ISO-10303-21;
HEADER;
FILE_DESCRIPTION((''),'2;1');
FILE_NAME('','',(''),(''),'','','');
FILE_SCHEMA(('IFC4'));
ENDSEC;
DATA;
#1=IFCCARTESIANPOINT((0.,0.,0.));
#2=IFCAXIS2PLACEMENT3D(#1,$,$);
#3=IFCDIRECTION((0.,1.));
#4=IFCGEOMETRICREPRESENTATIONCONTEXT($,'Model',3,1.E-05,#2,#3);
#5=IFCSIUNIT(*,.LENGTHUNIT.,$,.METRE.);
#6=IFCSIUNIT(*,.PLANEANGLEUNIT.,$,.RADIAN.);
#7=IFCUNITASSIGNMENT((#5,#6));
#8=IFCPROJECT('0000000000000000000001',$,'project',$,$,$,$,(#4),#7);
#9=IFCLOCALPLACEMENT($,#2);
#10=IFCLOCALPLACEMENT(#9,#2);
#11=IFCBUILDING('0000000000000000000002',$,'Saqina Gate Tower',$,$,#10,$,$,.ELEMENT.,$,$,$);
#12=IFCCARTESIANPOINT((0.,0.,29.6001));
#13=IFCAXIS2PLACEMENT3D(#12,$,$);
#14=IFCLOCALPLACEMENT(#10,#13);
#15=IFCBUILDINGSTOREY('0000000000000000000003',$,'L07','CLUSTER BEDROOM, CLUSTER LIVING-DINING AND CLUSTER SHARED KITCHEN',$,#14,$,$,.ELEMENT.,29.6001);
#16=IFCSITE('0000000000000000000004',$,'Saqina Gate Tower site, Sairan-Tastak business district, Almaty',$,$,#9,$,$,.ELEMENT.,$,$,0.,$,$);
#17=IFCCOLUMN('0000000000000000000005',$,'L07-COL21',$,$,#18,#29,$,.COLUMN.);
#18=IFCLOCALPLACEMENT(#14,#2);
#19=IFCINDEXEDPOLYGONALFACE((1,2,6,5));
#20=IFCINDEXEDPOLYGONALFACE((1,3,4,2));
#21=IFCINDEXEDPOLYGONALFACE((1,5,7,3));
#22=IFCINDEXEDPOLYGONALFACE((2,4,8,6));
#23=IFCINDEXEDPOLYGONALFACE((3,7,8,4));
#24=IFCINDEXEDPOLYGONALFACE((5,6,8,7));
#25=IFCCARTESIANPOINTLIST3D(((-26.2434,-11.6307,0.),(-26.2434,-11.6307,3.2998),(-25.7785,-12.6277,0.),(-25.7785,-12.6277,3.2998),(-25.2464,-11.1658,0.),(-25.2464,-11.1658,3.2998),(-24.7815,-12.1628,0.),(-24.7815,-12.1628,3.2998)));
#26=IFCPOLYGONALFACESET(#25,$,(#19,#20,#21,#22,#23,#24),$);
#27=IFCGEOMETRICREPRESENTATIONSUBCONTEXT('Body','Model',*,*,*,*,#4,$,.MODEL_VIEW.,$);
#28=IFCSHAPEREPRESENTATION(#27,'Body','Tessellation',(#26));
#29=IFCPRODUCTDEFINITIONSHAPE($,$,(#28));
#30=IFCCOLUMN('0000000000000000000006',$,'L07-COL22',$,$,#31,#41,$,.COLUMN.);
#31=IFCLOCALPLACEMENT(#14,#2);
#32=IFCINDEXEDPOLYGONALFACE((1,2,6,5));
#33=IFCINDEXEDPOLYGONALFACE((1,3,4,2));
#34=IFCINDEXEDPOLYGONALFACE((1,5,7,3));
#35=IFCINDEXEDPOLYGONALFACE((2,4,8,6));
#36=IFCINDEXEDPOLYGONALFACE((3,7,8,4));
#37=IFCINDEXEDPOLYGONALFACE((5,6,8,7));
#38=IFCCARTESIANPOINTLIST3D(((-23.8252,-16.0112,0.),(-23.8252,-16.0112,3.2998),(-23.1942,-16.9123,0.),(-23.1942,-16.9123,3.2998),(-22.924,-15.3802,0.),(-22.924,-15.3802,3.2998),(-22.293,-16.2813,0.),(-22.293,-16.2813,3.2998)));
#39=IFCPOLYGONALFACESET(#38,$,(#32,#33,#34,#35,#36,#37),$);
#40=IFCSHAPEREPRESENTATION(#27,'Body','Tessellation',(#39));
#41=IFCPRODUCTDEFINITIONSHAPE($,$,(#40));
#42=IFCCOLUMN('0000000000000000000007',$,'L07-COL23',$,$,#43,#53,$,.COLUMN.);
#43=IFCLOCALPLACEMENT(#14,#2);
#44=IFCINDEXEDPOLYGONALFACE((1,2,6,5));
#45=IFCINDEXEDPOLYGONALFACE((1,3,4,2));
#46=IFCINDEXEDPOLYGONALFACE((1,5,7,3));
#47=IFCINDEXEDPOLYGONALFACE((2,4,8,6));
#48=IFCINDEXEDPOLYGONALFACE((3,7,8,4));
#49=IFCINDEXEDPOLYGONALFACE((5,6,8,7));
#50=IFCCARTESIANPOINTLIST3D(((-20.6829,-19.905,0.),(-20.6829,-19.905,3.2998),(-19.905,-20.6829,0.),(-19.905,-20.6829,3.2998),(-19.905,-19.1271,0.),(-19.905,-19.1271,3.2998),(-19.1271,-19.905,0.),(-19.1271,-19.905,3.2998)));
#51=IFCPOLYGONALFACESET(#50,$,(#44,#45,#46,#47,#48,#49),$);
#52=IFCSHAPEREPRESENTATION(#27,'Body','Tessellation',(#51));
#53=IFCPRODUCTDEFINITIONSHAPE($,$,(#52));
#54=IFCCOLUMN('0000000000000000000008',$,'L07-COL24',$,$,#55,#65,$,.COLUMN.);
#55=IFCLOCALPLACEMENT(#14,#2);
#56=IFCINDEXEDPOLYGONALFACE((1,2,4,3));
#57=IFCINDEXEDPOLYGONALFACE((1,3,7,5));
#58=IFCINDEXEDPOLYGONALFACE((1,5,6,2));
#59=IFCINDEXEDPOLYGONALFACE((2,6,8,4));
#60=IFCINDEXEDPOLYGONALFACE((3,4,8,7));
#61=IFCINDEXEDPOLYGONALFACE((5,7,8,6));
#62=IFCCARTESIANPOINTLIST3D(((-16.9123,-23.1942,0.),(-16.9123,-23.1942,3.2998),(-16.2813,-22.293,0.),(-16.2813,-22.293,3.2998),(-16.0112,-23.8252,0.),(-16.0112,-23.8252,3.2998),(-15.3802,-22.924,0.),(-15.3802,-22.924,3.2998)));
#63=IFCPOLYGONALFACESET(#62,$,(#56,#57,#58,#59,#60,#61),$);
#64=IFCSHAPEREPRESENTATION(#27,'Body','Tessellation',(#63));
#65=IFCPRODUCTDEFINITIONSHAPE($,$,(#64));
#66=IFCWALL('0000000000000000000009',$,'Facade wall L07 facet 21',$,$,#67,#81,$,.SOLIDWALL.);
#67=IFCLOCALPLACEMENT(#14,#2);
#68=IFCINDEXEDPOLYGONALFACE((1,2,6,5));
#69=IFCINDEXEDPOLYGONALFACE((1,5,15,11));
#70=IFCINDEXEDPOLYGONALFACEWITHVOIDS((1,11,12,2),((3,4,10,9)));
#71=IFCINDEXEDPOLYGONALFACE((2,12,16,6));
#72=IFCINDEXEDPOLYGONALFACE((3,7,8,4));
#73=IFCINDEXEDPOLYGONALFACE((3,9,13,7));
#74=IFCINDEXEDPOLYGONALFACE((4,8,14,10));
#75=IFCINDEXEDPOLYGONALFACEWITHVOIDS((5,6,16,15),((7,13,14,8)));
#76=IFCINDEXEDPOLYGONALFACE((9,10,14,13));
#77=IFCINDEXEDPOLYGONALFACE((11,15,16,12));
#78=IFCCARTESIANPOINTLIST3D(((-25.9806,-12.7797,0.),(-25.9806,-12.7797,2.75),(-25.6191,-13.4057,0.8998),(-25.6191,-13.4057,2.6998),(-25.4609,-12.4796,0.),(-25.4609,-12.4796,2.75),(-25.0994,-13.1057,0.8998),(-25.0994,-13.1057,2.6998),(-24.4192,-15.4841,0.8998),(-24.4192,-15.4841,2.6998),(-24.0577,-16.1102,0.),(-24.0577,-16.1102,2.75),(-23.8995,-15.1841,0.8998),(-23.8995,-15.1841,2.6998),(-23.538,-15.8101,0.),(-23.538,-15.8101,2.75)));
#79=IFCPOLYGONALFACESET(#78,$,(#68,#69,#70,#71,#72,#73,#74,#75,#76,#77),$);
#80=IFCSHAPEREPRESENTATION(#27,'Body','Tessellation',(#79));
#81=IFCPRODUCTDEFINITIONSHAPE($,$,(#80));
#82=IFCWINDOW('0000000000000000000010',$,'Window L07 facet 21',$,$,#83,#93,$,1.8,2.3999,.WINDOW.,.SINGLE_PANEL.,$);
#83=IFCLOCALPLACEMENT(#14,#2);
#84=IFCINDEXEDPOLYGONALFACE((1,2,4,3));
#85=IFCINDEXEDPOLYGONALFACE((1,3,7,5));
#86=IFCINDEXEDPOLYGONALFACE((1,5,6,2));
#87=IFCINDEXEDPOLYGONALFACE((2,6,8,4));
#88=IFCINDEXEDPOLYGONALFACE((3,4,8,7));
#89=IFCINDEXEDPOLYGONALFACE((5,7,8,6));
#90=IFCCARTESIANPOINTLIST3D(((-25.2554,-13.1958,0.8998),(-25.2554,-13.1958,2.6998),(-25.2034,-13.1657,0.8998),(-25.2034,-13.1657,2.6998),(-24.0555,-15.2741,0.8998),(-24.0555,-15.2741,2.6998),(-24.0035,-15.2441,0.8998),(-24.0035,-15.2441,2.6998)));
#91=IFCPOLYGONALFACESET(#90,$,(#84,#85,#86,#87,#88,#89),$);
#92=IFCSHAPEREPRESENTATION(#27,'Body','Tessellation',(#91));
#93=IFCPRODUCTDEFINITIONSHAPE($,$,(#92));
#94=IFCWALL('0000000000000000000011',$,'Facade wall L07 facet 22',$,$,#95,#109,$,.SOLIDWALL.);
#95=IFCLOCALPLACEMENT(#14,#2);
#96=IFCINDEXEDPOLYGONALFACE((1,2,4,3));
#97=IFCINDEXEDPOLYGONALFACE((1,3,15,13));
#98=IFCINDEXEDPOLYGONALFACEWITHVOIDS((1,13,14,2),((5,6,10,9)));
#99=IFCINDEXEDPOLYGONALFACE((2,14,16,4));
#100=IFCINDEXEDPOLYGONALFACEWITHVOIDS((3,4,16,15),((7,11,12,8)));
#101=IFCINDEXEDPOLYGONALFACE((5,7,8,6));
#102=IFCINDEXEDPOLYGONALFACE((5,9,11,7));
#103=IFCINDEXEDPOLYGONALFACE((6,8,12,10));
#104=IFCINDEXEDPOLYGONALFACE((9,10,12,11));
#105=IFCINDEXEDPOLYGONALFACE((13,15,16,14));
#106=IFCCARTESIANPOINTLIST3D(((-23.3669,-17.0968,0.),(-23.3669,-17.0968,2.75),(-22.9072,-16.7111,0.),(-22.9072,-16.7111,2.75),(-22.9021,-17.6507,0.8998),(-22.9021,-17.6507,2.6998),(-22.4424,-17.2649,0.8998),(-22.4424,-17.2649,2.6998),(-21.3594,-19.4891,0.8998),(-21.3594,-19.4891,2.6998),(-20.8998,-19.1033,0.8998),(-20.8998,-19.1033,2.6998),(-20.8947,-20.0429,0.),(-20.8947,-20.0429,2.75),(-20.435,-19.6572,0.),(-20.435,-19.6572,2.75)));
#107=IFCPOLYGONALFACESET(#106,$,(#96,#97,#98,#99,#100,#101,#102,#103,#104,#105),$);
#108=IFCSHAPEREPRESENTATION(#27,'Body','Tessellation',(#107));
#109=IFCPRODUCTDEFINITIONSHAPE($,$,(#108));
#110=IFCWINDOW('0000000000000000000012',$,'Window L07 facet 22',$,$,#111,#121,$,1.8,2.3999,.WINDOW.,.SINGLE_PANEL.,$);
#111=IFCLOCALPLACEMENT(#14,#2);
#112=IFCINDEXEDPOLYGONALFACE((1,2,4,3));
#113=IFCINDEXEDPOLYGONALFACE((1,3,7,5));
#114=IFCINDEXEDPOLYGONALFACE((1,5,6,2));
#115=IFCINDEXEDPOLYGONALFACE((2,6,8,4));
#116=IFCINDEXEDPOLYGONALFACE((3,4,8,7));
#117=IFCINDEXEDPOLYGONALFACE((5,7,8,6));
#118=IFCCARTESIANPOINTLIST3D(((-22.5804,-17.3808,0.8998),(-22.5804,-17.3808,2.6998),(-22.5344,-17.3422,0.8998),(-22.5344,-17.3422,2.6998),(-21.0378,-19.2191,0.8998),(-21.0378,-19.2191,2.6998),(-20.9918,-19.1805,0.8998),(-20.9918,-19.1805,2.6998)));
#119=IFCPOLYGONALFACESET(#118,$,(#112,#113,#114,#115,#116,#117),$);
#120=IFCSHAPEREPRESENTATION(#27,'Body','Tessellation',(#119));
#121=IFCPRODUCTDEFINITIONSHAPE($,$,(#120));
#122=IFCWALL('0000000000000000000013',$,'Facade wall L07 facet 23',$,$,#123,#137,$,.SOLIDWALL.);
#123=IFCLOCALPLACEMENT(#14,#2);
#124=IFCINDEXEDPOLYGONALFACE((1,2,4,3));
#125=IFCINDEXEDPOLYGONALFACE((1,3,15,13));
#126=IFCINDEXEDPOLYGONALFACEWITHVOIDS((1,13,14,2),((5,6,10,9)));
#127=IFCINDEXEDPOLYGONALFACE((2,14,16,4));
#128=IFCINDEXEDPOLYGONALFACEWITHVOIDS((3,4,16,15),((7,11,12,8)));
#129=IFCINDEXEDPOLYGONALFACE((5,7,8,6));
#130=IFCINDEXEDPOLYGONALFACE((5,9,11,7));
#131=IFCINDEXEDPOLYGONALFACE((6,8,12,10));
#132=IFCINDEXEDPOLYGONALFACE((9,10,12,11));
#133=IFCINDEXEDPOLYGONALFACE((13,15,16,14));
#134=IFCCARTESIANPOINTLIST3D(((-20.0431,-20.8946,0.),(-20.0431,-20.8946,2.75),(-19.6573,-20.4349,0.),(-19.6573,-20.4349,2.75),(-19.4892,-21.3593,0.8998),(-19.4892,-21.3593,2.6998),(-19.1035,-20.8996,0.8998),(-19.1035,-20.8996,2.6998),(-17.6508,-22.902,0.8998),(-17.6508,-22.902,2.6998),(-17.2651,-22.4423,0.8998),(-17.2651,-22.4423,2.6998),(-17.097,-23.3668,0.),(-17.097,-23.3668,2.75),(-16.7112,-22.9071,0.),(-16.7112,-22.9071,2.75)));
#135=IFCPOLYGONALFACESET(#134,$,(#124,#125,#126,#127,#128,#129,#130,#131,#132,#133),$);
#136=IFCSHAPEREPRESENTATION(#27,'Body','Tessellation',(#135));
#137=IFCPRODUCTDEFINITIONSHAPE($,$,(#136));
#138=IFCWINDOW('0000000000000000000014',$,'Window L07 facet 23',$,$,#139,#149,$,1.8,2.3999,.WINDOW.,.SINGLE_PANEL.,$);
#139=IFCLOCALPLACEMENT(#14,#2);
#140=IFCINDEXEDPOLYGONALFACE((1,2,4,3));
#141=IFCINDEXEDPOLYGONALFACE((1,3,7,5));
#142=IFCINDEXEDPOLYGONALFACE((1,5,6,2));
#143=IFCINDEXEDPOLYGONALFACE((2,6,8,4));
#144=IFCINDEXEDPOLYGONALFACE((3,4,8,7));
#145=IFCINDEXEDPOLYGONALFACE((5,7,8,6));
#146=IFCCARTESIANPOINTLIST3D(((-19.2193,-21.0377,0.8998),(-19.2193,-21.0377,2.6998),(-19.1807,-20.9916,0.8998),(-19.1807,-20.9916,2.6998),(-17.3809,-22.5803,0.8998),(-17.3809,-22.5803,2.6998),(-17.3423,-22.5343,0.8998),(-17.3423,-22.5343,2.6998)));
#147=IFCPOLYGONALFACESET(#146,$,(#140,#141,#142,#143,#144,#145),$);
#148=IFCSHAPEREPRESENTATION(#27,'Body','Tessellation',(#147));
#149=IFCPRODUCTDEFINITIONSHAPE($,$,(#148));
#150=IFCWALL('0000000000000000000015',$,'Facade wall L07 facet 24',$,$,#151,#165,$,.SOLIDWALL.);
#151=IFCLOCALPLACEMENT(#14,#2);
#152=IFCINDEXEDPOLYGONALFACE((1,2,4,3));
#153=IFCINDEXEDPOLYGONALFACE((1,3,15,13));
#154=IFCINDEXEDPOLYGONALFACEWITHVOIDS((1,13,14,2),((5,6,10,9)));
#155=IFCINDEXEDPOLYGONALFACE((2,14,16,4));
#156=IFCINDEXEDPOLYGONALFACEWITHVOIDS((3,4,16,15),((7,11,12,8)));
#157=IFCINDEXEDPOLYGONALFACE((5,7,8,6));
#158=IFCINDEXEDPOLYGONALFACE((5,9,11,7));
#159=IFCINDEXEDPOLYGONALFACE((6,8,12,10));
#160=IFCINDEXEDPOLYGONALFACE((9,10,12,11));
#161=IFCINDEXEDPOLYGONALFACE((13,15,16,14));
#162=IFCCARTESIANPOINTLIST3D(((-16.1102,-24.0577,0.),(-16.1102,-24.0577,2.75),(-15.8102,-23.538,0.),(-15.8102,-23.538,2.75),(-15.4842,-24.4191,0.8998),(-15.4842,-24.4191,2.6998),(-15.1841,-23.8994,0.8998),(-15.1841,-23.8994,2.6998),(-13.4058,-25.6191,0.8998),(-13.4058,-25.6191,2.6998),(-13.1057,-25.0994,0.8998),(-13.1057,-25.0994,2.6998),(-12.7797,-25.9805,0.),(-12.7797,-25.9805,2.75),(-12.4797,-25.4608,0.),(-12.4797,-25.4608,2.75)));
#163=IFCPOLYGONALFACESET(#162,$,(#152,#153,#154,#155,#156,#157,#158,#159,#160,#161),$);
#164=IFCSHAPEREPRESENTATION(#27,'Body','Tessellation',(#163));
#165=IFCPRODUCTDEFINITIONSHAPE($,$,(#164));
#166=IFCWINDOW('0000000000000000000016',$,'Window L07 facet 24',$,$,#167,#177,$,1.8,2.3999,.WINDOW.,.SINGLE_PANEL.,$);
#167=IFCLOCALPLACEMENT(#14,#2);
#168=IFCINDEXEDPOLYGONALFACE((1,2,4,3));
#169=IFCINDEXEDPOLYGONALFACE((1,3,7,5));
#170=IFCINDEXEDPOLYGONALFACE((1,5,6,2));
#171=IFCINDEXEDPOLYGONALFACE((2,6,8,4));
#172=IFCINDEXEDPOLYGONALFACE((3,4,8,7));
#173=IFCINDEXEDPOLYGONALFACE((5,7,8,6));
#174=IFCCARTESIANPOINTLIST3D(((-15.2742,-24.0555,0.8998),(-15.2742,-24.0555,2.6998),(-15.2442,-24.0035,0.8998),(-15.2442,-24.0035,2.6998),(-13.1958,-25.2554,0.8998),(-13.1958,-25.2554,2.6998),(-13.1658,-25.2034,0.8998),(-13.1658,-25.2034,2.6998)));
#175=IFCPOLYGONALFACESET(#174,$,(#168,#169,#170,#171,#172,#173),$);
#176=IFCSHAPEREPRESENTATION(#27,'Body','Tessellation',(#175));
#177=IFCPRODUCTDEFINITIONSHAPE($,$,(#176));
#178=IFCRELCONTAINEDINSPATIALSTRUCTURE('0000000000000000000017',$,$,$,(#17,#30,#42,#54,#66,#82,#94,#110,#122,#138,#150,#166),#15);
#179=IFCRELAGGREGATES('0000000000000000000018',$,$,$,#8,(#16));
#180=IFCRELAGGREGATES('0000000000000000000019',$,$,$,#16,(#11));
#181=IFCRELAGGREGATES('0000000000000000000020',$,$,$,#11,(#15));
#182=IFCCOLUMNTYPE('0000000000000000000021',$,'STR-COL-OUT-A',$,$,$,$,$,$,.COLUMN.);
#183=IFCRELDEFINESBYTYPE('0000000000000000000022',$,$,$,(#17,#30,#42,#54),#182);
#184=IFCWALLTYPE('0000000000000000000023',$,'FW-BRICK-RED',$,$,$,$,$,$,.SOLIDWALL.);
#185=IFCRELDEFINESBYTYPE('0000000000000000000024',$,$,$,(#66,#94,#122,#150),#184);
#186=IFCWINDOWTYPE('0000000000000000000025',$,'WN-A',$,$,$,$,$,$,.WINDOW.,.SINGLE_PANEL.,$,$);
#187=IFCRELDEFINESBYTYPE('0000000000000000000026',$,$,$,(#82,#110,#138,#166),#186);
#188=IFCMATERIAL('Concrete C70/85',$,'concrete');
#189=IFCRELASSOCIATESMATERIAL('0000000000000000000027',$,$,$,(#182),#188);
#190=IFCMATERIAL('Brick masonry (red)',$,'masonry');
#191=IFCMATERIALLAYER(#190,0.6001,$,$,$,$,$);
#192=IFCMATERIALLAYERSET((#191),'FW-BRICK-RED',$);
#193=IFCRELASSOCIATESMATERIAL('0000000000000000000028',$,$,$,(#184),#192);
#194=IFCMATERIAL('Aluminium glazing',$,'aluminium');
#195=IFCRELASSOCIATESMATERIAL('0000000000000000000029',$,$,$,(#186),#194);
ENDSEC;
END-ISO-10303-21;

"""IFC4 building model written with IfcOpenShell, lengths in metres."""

from ifc_helpers import new_model, si_unit, direction, frame, frame_2d, origin, origin_2d, place, context, subcontext, project, spatial, rectangle, extrude, material, layer, layer_set, material_profile, profile_set, type_object, element, fill, save


model = new_model("IFC4")

# Units and contexts
model_context = context("Model", 3, precision=1e-05, world=origin(), true_north=direction((0.0, 1.0)))
body_context = subcontext(model_context, "Body", "Model", "MODEL_VIEW")
ifc_project = project(units=[si_unit("LENGTHUNIT", "METRE"), si_unit("PLANEANGLEUNIT", "RADIAN")], contexts=[model_context])

# Site, building, storey
site_placement = place(None, origin())
site = spatial("IfcSite", under=ifc_project, at=site_placement, Name="Saqina Gate Tower site, Sairan-Tastak business district, Almaty", CompositionType="ELEMENT", RefElevation=0.0)
building_placement = place(site_placement, origin())
building = spatial("IfcBuilding", under=site, at=building_placement, Name="Saqina Gate Tower", CompositionType="ELEMENT")
storey_placement = place(building_placement, frame((0.0, 0.0, 29.6001)))
storey = spatial("IfcBuildingStorey", under=building, at=storey_placement, Name="L07", Description="CLUSTER BEDROOM, CLUSTER LIVING-DINING AND CLUSTER SHARED KITCHEN", CompositionType="ELEMENT", Elevation=29.6001)

# Columns
ifc_material_1 = material(Name="Concrete C70/85", Category="concrete")
ifc_material_profile = material_profile(ifc_material_1, rectangle(XDim=1.1001, YDim=1.1001, at=origin_2d()), Name="RC 1100x1100")
ifc_profile_set = profile_set([ifc_material_profile], Name="Concrete C70/85")
column_type = type_object("IfcColumnType", Name="STR-COL-OUT-A", PredefinedType="COLUMN", material=ifc_profile_set)
for number, where, z_axis, x_axis, name in (
    (1, (-25.5125, -11.8967, 0.0), (0.0, 0.0, 1.0), (-0.906308, -0.422618, 0.0), "L07-COL21"),
    (2, (-23.0591, -16.1462, 0.0), (0.0, 0.0, 1.0), (-0.819152, -0.573576, 0.0), "L07-COL22"),
    (3, (-19.905, -19.905, 0.0), (0.0, 0.0, 1.0), (-0.707107, -0.707107, 0.0), "L07-COL23"),
    (4, (-16.1462, -23.0591, 0.0), (0.0, 0.0, 1.0), (-0.573576, -0.819152, 0.0), "L07-COL24"),
):
    element("IfcColumn", number, at=place(storey_placement, frame(where, z_axis=z_axis, x_axis=x_axis)), inside=storey, type_object=column_type, Name=name, PredefinedType="COLUMN", context=body_context, shape_type="SweptSolid", body=[
        extrude(rectangle(XDim=1.1001, YDim=1.1001, at=origin_2d()), origin(), (0.0, 0.0, 1.0), 3.2998),
    ])

# Walls, openings, windows
ifc_material_2 = material(Name="Brick masonry (red)", Category="masonry")
ifc_layer_1 = layer(ifc_material_2, 0.6001)
ifc_layer_set_1 = layer_set([ifc_layer_1], Name="FW-BRICK-RED")
wall_type_1 = type_object("IfcWallType", Name="FW-BRICK-RED", PredefinedType="SOLIDWALL", material=ifc_layer_set_1)
wall_1_placement = place(storey_placement, frame((-25.7207, -12.6296, 0.0), z_axis=(0.0, 0.0, 1.0), x_axis=(0.49999, -0.866031, 0.0)))
wall_1 = element("IfcWall", 5, at=wall_1_placement, inside=storey, type_object=wall_type_1, Name="Facade wall L07 facet 21", PredefinedType="SOLIDWALL", context=body_context, shape_type="SweptSolid", body=[
    extrude(rectangle(XDim=3.8457, YDim=0.6001, at=frame_2d((1.9229, 0.0))), origin(), (0.0, 0.0, 1.0), 2.75),
])
opening_1_placement = place(wall_1_placement, frame((0.7229, 0.0, 0.8999)))
opening_1 = element("IfcOpeningElement", 6, at=opening_1_placement, cuts=wall_1, PredefinedType="OPENING", context=body_context, shape_type="SweptSolid", body=[
    extrude(rectangle(XDim=2.3999, YDim=1.8, at=frame_2d((1.2, 0.8999))), frame((0.0, 0.312, 0.0), z_axis=(0.0, -1.0, 0.0), x_axis=(1.0, 0.0, 0.0)), (0.0, 0.0, 1.0), 0.624),
])
ifc_material_3 = material(Name="Aluminium glazing", Category="aluminium")
window_type = type_object("IfcWindowType", Name="WN-A", PartitioningType="SINGLE_PANEL", PredefinedType="WINDOW", material=ifc_material_3)
window_1_placement = place(opening_1_placement, origin())
window_1 = element("IfcWindow", 7, at=window_1_placement, inside=storey, type_object=window_type, Name="Window L07 facet 21", OverallHeight=1.8, OverallWidth=2.3999, PartitioningType="SINGLE_PANEL", PredefinedType="WINDOW", context=body_context, shape_type="SweptSolid", body=[
    extrude(rectangle(XDim=2.3999, YDim=1.8, at=frame_2d((1.2, 0.8999))), frame((0.0, 0.1799, 0.0), z_axis=(0.0, -1.0, 0.0), x_axis=(1.0, 0.0, 0.0)), (0.0, 0.0, 1.0), 0.0601),
])
fill(opening_1, window_1)
wall_2_placement = place(storey_placement, frame((-23.137, -16.9041, 0.0), z_axis=(0.0, 0.0, 1.0), x_axis=(0.642809, -0.766026, 0.0)))
wall_2 = element("IfcWall", 8, at=wall_2_placement, inside=storey, type_object=wall_type_1, Name="Facade wall L07 facet 22", PredefinedType="SOLIDWALL", context=body_context, shape_type="SweptSolid", body=[
    extrude(rectangle(XDim=3.8459, YDim=0.6001, at=frame_2d((1.9229, 0.0))), origin(), (0.0, 0.0, 1.0), 2.75),
])
opening_2_placement = place(wall_2_placement, frame((0.7229, 0.0, 0.8999)))
opening_2 = element("IfcOpeningElement", 9, at=opening_2_placement, cuts=wall_2, PredefinedType="OPENING", context=body_context, shape_type="SweptSolid", body=[
    extrude(rectangle(XDim=2.3999, YDim=1.8, at=frame_2d((1.2, 0.8999))), frame((0.0, 0.312, 0.0), z_axis=(0.0, -1.0, 0.0), x_axis=(1.0, 0.0, 0.0)), (0.0, 0.0, 1.0), 0.624),
])
window_2_placement = place(opening_2_placement, origin())
window_2 = element("IfcWindow", 10, at=window_2_placement, inside=storey, type_object=window_type, Name="Window L07 facet 22", OverallHeight=1.8, OverallWidth=2.3999, PartitioningType="SINGLE_PANEL", PredefinedType="WINDOW", context=body_context, shape_type="SweptSolid", body=[
    extrude(rectangle(XDim=2.3999, YDim=1.8, at=frame_2d((1.2, 0.8999))), frame((0.0, 0.1799, 0.0), z_axis=(0.0, -1.0, 0.0), x_axis=(1.0, 0.0, 0.0)), (0.0, 0.0, 1.0), 0.0601),
])
fill(opening_2, window_2)
wall_3_placement = place(storey_placement, frame((-19.8501, -20.6648, 0.0), z_axis=(0.0, 0.0, 1.0), x_axis=(0.766026, -0.642809, 0.0)))
wall_3 = element("IfcWall", 11, at=wall_3_placement, inside=storey, type_object=wall_type_1, Name="Facade wall L07 facet 23", PredefinedType="SOLIDWALL", context=body_context, shape_type="SweptSolid", body=[
    extrude(rectangle(XDim=3.8459, YDim=0.6001, at=frame_2d((1.9229, 0.0))), origin(), (0.0, 0.0, 1.0), 2.75),
])
opening_3_placement = place(wall_3_placement, frame((0.7229, 0.0, 0.8999)))
opening_3 = element("IfcOpeningElement", 12, at=opening_3_placement, cuts=wall_3, PredefinedType="OPENING", context=body_context, shape_type="SweptSolid", body=[
    extrude(rectangle(XDim=2.3999, YDim=1.8, at=frame_2d((1.2, 0.8999))), frame((0.0, 0.312, 0.0), z_axis=(0.0, -1.0, 0.0), x_axis=(1.0, 0.0, 0.0)), (0.0, 0.0, 1.0), 0.624),
])
window_3_placement = place(opening_3_placement, origin())
window_3 = element("IfcWindow", 13, at=window_3_placement, inside=storey, type_object=window_type, Name="Window L07 facet 23", OverallHeight=1.8, OverallWidth=2.3999, PartitioningType="SINGLE_PANEL", PredefinedType="WINDOW", context=body_context, shape_type="SweptSolid", body=[
    extrude(rectangle(XDim=2.3999, YDim=1.8, at=frame_2d((1.2, 0.8999))), frame((0.0, 0.1799, 0.0), z_axis=(0.0, -1.0, 0.0), x_axis=(1.0, 0.0, 0.0)), (0.0, 0.0, 1.0), 0.0601),
])
fill(opening_3, window_3)
wall_4_placement = place(storey_placement, frame((-15.9602, -23.7979, 0.0), z_axis=(0.0, 0.0, 1.0), x_axis=(0.866031, -0.49999, 0.0)))
wall_4 = element("IfcWall", 14, at=wall_4_placement, inside=storey, type_object=wall_type_1, Name="Facade wall L07 facet 24", PredefinedType="SOLIDWALL", context=body_context, shape_type="SweptSolid", body=[
    extrude(rectangle(XDim=3.8457, YDim=0.6001, at=frame_2d((1.9229, 0.0))), origin(), (0.0, 0.0, 1.0), 2.75),
])
opening_4_placement = place(wall_4_placement, frame((0.7229, 0.0, 0.8999)))
opening_4 = element("IfcOpeningElement", 15, at=opening_4_placement, cuts=wall_4, PredefinedType="OPENING", context=body_context, shape_type="SweptSolid", body=[
    extrude(rectangle(XDim=2.3999, YDim=1.8, at=frame_2d((1.2, 0.8999))), frame((0.0, 0.312, 0.0), z_axis=(0.0, -1.0, 0.0), x_axis=(1.0, 0.0, 0.0)), (0.0, 0.0, 1.0), 0.624),
])
window_4_placement = place(opening_4_placement, origin())
window_4 = element("IfcWindow", 16, at=window_4_placement, inside=storey, type_object=window_type, Name="Window L07 facet 24", OverallHeight=1.8, OverallWidth=2.3999, PartitioningType="SINGLE_PANEL", PredefinedType="WINDOW", context=body_context, shape_type="SweptSolid", body=[
    extrude(rectangle(XDim=2.3999, YDim=1.8, at=frame_2d((1.2, 0.8999))), frame((0.0, 0.1799, 0.0), z_axis=(0.0, -1.0, 0.0), x_axis=(1.0, 0.0, 0.0)), (0.0, 0.0, 1.0), 0.0601),
])
fill(opening_4, window_4)

save(model, "model.ifc")
